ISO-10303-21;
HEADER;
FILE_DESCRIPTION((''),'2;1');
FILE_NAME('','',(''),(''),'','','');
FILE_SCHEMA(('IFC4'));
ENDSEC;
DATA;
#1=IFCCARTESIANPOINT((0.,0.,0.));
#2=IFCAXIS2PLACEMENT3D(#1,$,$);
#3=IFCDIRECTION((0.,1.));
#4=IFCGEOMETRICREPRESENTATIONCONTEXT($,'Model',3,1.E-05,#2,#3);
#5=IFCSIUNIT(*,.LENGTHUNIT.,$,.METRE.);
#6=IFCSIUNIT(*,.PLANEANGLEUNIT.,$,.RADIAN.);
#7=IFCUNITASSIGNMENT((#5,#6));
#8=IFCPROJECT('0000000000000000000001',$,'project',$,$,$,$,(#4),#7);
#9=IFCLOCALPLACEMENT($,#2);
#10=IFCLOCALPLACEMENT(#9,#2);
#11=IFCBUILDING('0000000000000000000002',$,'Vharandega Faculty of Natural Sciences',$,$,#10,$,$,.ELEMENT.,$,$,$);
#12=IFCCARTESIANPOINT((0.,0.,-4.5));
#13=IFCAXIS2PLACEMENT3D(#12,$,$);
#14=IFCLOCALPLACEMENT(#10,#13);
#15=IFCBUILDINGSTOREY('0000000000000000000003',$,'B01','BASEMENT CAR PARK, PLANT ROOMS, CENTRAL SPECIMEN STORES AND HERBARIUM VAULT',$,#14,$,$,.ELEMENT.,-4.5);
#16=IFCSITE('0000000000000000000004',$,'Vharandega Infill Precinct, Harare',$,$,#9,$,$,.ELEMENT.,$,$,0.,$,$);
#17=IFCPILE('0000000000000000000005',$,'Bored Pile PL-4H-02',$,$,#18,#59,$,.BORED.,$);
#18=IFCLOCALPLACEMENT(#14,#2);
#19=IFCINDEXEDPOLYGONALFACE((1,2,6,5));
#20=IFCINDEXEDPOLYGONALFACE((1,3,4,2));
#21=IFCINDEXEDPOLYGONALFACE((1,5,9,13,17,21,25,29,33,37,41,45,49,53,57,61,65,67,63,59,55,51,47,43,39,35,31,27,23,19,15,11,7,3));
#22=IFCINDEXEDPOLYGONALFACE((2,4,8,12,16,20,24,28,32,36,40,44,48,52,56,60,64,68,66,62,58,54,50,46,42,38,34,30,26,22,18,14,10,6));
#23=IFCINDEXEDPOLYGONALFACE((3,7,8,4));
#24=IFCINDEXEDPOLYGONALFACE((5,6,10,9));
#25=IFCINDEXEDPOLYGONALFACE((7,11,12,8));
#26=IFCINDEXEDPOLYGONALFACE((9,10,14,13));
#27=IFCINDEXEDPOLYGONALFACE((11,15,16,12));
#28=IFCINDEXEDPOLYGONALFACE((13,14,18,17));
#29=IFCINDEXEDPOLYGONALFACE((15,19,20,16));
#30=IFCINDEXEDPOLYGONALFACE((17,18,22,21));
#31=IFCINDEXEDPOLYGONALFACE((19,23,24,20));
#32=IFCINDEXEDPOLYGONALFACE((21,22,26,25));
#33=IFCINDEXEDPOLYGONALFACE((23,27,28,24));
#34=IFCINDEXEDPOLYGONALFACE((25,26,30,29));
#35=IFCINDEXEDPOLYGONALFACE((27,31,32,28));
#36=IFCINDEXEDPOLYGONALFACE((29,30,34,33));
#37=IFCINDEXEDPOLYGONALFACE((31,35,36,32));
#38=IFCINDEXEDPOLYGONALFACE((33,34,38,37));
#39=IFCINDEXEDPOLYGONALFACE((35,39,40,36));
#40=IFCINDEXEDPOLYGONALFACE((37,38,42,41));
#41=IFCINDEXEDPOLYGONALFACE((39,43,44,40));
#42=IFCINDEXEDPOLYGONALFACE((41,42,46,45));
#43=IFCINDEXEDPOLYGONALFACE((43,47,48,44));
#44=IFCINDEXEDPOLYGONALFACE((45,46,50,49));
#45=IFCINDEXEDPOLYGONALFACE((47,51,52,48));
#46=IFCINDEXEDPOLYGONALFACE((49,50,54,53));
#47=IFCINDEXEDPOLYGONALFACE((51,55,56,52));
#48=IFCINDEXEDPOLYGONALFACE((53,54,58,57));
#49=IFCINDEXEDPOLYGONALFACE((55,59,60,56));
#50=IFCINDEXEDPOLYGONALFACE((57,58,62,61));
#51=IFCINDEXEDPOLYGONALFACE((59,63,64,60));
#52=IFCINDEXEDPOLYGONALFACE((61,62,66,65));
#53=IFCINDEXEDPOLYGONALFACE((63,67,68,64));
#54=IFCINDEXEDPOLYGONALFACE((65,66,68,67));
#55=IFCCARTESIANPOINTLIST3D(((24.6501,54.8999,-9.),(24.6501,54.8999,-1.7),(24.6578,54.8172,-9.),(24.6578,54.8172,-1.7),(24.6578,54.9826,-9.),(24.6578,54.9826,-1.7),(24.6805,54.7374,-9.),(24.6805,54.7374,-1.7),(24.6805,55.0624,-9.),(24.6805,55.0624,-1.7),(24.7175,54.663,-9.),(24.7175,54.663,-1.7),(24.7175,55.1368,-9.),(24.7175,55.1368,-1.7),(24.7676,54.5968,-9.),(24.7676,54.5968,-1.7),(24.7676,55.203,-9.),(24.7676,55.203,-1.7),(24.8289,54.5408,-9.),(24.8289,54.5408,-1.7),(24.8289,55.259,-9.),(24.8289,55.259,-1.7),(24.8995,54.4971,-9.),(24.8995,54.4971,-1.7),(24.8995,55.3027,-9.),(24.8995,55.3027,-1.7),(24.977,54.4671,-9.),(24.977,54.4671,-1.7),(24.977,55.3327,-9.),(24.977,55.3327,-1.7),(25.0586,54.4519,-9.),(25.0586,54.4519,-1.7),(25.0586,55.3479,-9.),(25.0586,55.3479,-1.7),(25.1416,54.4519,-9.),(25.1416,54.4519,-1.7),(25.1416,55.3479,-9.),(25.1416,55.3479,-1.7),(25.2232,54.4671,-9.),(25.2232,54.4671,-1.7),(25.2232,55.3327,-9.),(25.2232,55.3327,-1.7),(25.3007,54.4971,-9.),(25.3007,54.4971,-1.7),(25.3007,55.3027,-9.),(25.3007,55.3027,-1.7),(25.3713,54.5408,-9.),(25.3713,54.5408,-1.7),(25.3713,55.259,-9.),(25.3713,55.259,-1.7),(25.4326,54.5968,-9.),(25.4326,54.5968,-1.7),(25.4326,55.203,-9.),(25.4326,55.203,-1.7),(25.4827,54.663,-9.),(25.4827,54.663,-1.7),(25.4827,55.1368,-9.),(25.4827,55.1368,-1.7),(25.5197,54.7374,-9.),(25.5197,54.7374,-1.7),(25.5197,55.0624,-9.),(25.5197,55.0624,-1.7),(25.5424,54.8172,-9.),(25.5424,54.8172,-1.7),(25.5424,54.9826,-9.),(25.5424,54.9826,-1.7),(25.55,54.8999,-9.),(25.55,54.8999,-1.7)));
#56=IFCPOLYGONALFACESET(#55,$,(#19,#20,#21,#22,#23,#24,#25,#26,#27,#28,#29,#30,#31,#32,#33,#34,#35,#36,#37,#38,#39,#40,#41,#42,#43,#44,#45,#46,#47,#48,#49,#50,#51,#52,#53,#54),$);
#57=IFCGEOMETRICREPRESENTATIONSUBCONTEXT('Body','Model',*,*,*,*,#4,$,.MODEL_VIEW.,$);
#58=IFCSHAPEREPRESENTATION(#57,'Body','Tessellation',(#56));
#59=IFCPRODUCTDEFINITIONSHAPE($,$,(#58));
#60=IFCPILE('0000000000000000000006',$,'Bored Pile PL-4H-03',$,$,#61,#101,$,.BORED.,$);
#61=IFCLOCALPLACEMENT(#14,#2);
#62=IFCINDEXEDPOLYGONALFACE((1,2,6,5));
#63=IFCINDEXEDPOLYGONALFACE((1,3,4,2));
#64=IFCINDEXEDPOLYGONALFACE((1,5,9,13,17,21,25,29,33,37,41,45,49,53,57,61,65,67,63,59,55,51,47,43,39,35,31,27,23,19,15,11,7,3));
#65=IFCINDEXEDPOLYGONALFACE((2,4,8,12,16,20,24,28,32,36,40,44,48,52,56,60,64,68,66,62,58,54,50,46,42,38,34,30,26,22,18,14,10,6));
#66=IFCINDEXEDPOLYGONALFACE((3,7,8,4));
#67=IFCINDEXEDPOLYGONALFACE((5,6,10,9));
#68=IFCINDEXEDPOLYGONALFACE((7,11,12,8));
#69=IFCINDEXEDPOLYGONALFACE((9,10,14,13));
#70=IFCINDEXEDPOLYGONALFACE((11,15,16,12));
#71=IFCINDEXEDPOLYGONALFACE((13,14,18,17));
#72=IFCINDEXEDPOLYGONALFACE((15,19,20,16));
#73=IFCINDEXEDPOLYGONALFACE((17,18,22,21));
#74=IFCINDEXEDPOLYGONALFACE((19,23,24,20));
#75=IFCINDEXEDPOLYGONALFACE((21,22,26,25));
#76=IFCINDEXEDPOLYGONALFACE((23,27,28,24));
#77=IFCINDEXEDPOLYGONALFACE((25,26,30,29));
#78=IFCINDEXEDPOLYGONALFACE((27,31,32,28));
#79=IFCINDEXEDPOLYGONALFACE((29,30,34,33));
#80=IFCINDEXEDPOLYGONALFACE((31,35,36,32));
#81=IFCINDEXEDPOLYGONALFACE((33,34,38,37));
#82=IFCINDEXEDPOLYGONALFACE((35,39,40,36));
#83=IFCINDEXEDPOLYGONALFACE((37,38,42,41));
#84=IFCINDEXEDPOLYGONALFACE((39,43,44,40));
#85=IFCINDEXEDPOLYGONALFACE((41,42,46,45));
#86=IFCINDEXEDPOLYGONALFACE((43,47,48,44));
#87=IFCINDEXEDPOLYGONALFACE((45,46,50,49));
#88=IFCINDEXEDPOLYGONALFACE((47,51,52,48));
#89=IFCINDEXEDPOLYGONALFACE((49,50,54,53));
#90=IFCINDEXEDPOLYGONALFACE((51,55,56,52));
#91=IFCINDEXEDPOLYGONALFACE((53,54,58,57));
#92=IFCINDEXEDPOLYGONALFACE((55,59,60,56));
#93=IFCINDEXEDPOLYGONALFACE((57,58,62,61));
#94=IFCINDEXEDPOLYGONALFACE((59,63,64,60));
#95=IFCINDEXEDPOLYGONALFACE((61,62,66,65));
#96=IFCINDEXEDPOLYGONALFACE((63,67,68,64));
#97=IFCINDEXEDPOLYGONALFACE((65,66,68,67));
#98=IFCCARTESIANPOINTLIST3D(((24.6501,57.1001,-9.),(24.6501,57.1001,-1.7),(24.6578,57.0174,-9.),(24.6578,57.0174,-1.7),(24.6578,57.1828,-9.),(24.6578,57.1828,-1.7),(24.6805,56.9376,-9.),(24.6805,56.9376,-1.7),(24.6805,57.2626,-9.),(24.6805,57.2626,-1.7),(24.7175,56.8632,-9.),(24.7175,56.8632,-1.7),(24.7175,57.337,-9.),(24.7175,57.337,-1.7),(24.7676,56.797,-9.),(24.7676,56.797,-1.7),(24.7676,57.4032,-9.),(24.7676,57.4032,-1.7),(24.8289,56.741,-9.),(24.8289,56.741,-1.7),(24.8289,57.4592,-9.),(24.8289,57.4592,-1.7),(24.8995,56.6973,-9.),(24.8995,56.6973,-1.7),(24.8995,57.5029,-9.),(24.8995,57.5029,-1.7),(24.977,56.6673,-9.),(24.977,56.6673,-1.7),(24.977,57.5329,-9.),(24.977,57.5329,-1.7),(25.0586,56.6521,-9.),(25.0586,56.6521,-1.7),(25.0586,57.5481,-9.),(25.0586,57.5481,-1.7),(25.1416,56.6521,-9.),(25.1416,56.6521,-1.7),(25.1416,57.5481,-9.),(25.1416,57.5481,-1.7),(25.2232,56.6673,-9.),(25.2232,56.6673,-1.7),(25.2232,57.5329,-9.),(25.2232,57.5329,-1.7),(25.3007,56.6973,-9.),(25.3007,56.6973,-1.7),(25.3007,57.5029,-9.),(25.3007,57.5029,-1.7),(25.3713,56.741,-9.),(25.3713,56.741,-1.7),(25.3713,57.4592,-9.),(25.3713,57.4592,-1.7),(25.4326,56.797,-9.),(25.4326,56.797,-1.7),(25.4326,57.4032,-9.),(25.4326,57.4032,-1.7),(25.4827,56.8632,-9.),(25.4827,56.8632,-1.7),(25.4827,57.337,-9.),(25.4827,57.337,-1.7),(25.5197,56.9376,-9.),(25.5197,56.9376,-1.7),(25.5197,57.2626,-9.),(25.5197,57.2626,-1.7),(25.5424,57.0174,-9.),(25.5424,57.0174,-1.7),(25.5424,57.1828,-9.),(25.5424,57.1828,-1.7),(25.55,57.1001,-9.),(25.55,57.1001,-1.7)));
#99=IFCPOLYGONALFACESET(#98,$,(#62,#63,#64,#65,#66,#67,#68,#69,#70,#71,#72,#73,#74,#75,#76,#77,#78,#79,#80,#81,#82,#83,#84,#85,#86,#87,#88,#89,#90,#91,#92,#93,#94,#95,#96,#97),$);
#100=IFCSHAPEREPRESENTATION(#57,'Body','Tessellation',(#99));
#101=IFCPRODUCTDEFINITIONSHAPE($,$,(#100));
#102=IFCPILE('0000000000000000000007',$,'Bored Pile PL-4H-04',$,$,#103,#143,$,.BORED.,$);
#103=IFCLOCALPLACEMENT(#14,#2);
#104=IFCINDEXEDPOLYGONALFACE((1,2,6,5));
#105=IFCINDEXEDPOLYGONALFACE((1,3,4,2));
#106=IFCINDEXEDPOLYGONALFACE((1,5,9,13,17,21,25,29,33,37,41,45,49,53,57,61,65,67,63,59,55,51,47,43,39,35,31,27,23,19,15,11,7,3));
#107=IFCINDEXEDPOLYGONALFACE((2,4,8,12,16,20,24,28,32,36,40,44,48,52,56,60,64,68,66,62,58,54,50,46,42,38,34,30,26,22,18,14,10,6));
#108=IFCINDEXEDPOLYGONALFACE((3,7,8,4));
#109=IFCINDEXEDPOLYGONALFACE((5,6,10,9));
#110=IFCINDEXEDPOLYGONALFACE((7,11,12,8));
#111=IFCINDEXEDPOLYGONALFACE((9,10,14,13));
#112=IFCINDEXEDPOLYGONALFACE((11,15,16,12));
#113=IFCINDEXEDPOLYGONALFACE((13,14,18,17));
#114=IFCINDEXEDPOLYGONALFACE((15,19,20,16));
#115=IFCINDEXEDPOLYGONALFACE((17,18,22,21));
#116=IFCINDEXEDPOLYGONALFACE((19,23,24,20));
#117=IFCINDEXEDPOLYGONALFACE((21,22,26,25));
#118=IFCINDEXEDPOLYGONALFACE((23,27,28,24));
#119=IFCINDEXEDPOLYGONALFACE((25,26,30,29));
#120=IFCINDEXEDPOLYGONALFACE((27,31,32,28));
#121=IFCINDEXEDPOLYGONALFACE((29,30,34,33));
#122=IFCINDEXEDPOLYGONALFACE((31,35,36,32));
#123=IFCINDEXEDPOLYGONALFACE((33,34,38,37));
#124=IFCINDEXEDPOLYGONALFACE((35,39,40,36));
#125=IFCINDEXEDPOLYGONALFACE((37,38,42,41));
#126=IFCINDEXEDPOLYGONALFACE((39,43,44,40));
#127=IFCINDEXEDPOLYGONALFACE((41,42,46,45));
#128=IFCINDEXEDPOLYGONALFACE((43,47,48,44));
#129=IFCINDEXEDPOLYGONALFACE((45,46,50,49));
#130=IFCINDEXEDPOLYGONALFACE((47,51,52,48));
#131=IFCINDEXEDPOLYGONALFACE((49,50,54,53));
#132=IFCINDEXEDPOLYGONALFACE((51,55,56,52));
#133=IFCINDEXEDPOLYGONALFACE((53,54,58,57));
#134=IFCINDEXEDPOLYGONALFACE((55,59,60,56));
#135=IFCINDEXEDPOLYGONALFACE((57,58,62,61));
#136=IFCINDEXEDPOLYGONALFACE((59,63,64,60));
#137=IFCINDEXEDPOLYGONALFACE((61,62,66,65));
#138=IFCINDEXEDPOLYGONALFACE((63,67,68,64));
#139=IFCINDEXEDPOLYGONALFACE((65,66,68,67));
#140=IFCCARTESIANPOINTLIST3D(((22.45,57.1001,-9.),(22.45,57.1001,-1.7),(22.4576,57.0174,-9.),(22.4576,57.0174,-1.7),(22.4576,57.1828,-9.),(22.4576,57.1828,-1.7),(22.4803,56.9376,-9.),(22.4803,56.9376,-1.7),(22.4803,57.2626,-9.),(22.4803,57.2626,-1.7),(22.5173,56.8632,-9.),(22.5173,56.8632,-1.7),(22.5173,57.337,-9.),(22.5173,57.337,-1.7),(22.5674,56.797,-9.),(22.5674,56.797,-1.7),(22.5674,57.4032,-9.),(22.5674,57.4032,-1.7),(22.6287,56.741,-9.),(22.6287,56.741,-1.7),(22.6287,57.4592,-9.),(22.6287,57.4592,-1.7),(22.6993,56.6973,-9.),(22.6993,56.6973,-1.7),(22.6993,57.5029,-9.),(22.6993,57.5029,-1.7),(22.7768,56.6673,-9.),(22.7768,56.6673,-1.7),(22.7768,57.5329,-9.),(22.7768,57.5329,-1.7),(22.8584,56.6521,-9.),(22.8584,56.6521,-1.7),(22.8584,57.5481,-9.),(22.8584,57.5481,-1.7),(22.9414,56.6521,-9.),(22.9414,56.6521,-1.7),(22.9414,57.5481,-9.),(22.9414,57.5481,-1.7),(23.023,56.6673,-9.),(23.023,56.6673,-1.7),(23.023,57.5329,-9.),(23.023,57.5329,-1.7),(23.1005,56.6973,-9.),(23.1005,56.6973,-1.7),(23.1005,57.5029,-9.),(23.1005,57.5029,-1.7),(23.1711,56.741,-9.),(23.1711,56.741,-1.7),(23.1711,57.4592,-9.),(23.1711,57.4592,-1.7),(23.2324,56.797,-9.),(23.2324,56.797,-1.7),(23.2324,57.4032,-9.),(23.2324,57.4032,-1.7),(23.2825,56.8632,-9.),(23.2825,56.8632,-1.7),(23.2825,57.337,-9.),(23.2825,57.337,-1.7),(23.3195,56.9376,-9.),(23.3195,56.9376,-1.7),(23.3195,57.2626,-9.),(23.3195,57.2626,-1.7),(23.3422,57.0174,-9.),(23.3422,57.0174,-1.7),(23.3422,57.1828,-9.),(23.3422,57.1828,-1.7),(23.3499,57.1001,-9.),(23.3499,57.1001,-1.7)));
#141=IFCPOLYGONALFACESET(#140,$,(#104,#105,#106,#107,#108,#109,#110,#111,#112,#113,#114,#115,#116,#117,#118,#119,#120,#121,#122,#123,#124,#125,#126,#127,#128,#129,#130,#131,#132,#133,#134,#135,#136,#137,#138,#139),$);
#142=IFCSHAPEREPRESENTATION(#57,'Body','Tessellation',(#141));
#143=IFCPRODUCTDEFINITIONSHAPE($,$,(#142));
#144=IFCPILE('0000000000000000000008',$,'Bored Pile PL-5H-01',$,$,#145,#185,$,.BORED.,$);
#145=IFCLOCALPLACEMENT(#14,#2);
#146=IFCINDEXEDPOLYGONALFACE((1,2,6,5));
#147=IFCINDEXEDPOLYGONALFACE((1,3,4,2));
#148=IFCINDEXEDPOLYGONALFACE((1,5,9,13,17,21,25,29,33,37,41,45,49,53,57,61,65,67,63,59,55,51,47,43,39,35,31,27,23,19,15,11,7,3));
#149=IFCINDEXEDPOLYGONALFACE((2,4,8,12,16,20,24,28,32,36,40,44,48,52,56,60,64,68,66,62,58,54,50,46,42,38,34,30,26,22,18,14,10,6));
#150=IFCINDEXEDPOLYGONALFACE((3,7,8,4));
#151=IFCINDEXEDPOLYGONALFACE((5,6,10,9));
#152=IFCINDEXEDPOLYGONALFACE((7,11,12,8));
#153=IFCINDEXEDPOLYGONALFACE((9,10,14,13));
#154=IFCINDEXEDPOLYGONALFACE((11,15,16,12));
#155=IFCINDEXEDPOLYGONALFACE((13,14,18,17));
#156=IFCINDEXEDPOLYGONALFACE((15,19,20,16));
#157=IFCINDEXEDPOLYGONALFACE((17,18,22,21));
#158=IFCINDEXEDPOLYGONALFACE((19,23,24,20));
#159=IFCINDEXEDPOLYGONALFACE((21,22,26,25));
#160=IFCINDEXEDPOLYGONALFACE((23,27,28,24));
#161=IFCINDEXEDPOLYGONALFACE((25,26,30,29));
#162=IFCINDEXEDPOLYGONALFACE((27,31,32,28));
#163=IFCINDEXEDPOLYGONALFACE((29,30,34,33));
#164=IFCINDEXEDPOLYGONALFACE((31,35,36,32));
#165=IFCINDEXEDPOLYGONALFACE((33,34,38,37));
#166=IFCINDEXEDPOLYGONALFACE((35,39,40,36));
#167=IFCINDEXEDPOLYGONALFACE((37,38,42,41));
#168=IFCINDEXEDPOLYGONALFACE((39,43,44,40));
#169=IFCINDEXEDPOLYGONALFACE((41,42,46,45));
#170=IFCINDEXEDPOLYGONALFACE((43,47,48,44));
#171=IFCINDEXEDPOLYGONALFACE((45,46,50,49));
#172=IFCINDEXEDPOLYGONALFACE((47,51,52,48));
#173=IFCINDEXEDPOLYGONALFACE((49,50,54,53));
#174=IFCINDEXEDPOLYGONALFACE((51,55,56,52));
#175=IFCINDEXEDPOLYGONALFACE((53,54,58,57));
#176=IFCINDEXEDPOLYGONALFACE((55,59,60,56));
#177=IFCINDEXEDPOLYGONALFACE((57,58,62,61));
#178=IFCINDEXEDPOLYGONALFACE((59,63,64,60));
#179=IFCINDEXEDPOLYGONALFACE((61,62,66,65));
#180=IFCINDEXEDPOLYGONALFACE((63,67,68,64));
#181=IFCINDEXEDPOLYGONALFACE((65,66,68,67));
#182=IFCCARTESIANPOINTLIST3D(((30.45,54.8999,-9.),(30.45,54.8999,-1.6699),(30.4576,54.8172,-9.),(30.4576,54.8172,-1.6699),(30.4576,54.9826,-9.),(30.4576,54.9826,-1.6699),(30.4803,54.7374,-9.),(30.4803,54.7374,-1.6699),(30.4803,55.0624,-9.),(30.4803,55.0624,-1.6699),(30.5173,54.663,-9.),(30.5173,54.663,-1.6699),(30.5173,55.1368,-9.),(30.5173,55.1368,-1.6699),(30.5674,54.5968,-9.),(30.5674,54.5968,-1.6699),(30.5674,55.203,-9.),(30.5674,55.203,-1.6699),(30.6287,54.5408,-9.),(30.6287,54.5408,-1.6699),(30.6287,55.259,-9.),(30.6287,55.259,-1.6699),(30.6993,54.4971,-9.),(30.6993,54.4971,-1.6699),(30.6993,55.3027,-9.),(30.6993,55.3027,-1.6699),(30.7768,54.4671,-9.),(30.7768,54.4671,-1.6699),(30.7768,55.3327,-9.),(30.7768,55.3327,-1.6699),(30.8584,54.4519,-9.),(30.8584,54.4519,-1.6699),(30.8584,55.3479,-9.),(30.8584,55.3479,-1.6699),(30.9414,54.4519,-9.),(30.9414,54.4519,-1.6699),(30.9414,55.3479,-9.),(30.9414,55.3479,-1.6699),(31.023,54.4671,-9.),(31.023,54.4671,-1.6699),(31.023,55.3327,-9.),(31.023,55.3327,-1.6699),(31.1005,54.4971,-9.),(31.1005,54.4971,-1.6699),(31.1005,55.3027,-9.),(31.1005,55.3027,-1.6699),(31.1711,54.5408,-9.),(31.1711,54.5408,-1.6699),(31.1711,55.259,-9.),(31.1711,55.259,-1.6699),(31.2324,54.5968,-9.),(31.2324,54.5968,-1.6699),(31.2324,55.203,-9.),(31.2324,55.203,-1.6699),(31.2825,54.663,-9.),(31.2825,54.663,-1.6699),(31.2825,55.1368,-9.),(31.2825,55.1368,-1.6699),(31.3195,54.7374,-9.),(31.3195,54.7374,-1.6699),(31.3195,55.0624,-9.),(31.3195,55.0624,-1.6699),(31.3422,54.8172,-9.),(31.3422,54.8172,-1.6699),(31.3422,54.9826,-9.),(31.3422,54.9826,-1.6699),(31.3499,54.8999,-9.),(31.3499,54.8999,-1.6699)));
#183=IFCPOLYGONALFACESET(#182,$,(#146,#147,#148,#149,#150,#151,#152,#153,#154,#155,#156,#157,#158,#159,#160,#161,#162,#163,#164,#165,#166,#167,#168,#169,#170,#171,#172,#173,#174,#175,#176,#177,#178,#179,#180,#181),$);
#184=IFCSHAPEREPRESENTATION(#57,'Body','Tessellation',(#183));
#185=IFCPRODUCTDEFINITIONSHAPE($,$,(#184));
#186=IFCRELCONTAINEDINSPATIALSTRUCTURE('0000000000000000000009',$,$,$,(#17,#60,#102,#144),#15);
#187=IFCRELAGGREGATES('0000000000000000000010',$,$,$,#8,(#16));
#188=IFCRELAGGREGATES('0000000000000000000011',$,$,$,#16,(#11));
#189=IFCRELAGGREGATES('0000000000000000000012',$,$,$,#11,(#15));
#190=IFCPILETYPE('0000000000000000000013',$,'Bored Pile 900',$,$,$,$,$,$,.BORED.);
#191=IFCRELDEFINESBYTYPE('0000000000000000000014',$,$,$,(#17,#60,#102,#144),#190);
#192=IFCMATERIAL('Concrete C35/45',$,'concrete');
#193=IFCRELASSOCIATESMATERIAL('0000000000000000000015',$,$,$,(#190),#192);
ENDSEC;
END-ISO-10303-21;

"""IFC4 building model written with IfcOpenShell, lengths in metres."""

from ifc_helpers import new_model, si_unit, direction, frame, origin, origin_2d, place, context, subcontext, project, spatial, circle, extrude, material, material_profile, profile_set, type_object, element, save


model = new_model("IFC4")

# Units and contexts
model_context = context("Model", 3, precision=1e-05, world=origin(), true_north=direction((0.0, 1.0)))
body_context = subcontext(model_context, "Body", "Model", "MODEL_VIEW")
ifc_project = project(units=[si_unit("LENGTHUNIT", "METRE"), si_unit("PLANEANGLEUNIT", "RADIAN")], contexts=[model_context])

# Site, building, storey
site_placement = place(None, origin())
site = spatial("IfcSite", under=ifc_project, at=site_placement, Name="Vharandega Infill Precinct, Harare", CompositionType="ELEMENT", RefElevation=0.0)
building_placement = place(site_placement, origin())
building = spatial("IfcBuilding", under=site, at=building_placement, Name="Vharandega Faculty of Natural Sciences", CompositionType="ELEMENT")
storey_placement = place(building_placement, frame((0.0, 0.0, -4.5)))
storey = spatial("IfcBuildingStorey", under=building, at=storey_placement, Name="B01", Description="BASEMENT CAR PARK, PLANT ROOMS, CENTRAL SPECIMEN STORES AND HERBARIUM VAULT", CompositionType="ELEMENT", Elevation=-4.5)

# Piles
ifc_material_1 = material(Name="Concrete C35/45", Category="concrete")
ifc_material_profile_1 = material_profile(ifc_material_1, circle(Radius=0.45, at=origin_2d()), Name="PILE 900")
ifc_profile_set_1 = profile_set([ifc_material_profile_1], Name="Concrete C35/45")
pile_type = type_object("IfcPileType", Name="Bored Pile 900", PredefinedType="BORED", material=ifc_profile_set_1)
for number, where, z_axis, x_axis, name in (
    (1, (25.1001, 54.8999, -1.7), (0.0, 0.0, -1.0), (1.0, 0.0, 0.0), "Bored Pile PL-4H-02"),
    (2, (25.1001, 57.1001, -1.7), (0.0, 0.0, -1.0), (1.0, 0.0, 0.0), "Bored Pile PL-4H-03"),
    (3, (22.8999, 57.1001, -1.7), (0.0, 0.0, -1.0), (1.0, 0.0, 0.0), "Bored Pile PL-4H-04"),
):
    element("IfcPile", number, at=place(storey_placement, frame(where, z_axis=z_axis, x_axis=x_axis)), inside=storey, type_object=pile_type, Name=name, PredefinedType="BORED", context=body_context, shape_type="SweptSolid", body=[
        extrude(circle(Radius=0.45, at=origin_2d()), origin(), (0.0, 0.0, 1.0), 7.3),
    ])
for number, where, z_axis, x_axis, name in (
    (4, (30.8999, 54.8999, -1.6699), (0.0, 0.0, -1.0), (1.0, 0.0, 0.0), "Bored Pile PL-5H-01"),
):
    element("IfcPile", number, at=place(storey_placement, frame(where, z_axis=z_axis, x_axis=x_axis)), inside=storey, type_object=pile_type, Name=name, PredefinedType="BORED", context=body_context, shape_type="SweptSolid", body=[
        extrude(circle(Radius=0.45, at=origin_2d()), origin(), (0.0, 0.0, 1.0), 7.3301),
    ])

save(model, "model.ifc")
